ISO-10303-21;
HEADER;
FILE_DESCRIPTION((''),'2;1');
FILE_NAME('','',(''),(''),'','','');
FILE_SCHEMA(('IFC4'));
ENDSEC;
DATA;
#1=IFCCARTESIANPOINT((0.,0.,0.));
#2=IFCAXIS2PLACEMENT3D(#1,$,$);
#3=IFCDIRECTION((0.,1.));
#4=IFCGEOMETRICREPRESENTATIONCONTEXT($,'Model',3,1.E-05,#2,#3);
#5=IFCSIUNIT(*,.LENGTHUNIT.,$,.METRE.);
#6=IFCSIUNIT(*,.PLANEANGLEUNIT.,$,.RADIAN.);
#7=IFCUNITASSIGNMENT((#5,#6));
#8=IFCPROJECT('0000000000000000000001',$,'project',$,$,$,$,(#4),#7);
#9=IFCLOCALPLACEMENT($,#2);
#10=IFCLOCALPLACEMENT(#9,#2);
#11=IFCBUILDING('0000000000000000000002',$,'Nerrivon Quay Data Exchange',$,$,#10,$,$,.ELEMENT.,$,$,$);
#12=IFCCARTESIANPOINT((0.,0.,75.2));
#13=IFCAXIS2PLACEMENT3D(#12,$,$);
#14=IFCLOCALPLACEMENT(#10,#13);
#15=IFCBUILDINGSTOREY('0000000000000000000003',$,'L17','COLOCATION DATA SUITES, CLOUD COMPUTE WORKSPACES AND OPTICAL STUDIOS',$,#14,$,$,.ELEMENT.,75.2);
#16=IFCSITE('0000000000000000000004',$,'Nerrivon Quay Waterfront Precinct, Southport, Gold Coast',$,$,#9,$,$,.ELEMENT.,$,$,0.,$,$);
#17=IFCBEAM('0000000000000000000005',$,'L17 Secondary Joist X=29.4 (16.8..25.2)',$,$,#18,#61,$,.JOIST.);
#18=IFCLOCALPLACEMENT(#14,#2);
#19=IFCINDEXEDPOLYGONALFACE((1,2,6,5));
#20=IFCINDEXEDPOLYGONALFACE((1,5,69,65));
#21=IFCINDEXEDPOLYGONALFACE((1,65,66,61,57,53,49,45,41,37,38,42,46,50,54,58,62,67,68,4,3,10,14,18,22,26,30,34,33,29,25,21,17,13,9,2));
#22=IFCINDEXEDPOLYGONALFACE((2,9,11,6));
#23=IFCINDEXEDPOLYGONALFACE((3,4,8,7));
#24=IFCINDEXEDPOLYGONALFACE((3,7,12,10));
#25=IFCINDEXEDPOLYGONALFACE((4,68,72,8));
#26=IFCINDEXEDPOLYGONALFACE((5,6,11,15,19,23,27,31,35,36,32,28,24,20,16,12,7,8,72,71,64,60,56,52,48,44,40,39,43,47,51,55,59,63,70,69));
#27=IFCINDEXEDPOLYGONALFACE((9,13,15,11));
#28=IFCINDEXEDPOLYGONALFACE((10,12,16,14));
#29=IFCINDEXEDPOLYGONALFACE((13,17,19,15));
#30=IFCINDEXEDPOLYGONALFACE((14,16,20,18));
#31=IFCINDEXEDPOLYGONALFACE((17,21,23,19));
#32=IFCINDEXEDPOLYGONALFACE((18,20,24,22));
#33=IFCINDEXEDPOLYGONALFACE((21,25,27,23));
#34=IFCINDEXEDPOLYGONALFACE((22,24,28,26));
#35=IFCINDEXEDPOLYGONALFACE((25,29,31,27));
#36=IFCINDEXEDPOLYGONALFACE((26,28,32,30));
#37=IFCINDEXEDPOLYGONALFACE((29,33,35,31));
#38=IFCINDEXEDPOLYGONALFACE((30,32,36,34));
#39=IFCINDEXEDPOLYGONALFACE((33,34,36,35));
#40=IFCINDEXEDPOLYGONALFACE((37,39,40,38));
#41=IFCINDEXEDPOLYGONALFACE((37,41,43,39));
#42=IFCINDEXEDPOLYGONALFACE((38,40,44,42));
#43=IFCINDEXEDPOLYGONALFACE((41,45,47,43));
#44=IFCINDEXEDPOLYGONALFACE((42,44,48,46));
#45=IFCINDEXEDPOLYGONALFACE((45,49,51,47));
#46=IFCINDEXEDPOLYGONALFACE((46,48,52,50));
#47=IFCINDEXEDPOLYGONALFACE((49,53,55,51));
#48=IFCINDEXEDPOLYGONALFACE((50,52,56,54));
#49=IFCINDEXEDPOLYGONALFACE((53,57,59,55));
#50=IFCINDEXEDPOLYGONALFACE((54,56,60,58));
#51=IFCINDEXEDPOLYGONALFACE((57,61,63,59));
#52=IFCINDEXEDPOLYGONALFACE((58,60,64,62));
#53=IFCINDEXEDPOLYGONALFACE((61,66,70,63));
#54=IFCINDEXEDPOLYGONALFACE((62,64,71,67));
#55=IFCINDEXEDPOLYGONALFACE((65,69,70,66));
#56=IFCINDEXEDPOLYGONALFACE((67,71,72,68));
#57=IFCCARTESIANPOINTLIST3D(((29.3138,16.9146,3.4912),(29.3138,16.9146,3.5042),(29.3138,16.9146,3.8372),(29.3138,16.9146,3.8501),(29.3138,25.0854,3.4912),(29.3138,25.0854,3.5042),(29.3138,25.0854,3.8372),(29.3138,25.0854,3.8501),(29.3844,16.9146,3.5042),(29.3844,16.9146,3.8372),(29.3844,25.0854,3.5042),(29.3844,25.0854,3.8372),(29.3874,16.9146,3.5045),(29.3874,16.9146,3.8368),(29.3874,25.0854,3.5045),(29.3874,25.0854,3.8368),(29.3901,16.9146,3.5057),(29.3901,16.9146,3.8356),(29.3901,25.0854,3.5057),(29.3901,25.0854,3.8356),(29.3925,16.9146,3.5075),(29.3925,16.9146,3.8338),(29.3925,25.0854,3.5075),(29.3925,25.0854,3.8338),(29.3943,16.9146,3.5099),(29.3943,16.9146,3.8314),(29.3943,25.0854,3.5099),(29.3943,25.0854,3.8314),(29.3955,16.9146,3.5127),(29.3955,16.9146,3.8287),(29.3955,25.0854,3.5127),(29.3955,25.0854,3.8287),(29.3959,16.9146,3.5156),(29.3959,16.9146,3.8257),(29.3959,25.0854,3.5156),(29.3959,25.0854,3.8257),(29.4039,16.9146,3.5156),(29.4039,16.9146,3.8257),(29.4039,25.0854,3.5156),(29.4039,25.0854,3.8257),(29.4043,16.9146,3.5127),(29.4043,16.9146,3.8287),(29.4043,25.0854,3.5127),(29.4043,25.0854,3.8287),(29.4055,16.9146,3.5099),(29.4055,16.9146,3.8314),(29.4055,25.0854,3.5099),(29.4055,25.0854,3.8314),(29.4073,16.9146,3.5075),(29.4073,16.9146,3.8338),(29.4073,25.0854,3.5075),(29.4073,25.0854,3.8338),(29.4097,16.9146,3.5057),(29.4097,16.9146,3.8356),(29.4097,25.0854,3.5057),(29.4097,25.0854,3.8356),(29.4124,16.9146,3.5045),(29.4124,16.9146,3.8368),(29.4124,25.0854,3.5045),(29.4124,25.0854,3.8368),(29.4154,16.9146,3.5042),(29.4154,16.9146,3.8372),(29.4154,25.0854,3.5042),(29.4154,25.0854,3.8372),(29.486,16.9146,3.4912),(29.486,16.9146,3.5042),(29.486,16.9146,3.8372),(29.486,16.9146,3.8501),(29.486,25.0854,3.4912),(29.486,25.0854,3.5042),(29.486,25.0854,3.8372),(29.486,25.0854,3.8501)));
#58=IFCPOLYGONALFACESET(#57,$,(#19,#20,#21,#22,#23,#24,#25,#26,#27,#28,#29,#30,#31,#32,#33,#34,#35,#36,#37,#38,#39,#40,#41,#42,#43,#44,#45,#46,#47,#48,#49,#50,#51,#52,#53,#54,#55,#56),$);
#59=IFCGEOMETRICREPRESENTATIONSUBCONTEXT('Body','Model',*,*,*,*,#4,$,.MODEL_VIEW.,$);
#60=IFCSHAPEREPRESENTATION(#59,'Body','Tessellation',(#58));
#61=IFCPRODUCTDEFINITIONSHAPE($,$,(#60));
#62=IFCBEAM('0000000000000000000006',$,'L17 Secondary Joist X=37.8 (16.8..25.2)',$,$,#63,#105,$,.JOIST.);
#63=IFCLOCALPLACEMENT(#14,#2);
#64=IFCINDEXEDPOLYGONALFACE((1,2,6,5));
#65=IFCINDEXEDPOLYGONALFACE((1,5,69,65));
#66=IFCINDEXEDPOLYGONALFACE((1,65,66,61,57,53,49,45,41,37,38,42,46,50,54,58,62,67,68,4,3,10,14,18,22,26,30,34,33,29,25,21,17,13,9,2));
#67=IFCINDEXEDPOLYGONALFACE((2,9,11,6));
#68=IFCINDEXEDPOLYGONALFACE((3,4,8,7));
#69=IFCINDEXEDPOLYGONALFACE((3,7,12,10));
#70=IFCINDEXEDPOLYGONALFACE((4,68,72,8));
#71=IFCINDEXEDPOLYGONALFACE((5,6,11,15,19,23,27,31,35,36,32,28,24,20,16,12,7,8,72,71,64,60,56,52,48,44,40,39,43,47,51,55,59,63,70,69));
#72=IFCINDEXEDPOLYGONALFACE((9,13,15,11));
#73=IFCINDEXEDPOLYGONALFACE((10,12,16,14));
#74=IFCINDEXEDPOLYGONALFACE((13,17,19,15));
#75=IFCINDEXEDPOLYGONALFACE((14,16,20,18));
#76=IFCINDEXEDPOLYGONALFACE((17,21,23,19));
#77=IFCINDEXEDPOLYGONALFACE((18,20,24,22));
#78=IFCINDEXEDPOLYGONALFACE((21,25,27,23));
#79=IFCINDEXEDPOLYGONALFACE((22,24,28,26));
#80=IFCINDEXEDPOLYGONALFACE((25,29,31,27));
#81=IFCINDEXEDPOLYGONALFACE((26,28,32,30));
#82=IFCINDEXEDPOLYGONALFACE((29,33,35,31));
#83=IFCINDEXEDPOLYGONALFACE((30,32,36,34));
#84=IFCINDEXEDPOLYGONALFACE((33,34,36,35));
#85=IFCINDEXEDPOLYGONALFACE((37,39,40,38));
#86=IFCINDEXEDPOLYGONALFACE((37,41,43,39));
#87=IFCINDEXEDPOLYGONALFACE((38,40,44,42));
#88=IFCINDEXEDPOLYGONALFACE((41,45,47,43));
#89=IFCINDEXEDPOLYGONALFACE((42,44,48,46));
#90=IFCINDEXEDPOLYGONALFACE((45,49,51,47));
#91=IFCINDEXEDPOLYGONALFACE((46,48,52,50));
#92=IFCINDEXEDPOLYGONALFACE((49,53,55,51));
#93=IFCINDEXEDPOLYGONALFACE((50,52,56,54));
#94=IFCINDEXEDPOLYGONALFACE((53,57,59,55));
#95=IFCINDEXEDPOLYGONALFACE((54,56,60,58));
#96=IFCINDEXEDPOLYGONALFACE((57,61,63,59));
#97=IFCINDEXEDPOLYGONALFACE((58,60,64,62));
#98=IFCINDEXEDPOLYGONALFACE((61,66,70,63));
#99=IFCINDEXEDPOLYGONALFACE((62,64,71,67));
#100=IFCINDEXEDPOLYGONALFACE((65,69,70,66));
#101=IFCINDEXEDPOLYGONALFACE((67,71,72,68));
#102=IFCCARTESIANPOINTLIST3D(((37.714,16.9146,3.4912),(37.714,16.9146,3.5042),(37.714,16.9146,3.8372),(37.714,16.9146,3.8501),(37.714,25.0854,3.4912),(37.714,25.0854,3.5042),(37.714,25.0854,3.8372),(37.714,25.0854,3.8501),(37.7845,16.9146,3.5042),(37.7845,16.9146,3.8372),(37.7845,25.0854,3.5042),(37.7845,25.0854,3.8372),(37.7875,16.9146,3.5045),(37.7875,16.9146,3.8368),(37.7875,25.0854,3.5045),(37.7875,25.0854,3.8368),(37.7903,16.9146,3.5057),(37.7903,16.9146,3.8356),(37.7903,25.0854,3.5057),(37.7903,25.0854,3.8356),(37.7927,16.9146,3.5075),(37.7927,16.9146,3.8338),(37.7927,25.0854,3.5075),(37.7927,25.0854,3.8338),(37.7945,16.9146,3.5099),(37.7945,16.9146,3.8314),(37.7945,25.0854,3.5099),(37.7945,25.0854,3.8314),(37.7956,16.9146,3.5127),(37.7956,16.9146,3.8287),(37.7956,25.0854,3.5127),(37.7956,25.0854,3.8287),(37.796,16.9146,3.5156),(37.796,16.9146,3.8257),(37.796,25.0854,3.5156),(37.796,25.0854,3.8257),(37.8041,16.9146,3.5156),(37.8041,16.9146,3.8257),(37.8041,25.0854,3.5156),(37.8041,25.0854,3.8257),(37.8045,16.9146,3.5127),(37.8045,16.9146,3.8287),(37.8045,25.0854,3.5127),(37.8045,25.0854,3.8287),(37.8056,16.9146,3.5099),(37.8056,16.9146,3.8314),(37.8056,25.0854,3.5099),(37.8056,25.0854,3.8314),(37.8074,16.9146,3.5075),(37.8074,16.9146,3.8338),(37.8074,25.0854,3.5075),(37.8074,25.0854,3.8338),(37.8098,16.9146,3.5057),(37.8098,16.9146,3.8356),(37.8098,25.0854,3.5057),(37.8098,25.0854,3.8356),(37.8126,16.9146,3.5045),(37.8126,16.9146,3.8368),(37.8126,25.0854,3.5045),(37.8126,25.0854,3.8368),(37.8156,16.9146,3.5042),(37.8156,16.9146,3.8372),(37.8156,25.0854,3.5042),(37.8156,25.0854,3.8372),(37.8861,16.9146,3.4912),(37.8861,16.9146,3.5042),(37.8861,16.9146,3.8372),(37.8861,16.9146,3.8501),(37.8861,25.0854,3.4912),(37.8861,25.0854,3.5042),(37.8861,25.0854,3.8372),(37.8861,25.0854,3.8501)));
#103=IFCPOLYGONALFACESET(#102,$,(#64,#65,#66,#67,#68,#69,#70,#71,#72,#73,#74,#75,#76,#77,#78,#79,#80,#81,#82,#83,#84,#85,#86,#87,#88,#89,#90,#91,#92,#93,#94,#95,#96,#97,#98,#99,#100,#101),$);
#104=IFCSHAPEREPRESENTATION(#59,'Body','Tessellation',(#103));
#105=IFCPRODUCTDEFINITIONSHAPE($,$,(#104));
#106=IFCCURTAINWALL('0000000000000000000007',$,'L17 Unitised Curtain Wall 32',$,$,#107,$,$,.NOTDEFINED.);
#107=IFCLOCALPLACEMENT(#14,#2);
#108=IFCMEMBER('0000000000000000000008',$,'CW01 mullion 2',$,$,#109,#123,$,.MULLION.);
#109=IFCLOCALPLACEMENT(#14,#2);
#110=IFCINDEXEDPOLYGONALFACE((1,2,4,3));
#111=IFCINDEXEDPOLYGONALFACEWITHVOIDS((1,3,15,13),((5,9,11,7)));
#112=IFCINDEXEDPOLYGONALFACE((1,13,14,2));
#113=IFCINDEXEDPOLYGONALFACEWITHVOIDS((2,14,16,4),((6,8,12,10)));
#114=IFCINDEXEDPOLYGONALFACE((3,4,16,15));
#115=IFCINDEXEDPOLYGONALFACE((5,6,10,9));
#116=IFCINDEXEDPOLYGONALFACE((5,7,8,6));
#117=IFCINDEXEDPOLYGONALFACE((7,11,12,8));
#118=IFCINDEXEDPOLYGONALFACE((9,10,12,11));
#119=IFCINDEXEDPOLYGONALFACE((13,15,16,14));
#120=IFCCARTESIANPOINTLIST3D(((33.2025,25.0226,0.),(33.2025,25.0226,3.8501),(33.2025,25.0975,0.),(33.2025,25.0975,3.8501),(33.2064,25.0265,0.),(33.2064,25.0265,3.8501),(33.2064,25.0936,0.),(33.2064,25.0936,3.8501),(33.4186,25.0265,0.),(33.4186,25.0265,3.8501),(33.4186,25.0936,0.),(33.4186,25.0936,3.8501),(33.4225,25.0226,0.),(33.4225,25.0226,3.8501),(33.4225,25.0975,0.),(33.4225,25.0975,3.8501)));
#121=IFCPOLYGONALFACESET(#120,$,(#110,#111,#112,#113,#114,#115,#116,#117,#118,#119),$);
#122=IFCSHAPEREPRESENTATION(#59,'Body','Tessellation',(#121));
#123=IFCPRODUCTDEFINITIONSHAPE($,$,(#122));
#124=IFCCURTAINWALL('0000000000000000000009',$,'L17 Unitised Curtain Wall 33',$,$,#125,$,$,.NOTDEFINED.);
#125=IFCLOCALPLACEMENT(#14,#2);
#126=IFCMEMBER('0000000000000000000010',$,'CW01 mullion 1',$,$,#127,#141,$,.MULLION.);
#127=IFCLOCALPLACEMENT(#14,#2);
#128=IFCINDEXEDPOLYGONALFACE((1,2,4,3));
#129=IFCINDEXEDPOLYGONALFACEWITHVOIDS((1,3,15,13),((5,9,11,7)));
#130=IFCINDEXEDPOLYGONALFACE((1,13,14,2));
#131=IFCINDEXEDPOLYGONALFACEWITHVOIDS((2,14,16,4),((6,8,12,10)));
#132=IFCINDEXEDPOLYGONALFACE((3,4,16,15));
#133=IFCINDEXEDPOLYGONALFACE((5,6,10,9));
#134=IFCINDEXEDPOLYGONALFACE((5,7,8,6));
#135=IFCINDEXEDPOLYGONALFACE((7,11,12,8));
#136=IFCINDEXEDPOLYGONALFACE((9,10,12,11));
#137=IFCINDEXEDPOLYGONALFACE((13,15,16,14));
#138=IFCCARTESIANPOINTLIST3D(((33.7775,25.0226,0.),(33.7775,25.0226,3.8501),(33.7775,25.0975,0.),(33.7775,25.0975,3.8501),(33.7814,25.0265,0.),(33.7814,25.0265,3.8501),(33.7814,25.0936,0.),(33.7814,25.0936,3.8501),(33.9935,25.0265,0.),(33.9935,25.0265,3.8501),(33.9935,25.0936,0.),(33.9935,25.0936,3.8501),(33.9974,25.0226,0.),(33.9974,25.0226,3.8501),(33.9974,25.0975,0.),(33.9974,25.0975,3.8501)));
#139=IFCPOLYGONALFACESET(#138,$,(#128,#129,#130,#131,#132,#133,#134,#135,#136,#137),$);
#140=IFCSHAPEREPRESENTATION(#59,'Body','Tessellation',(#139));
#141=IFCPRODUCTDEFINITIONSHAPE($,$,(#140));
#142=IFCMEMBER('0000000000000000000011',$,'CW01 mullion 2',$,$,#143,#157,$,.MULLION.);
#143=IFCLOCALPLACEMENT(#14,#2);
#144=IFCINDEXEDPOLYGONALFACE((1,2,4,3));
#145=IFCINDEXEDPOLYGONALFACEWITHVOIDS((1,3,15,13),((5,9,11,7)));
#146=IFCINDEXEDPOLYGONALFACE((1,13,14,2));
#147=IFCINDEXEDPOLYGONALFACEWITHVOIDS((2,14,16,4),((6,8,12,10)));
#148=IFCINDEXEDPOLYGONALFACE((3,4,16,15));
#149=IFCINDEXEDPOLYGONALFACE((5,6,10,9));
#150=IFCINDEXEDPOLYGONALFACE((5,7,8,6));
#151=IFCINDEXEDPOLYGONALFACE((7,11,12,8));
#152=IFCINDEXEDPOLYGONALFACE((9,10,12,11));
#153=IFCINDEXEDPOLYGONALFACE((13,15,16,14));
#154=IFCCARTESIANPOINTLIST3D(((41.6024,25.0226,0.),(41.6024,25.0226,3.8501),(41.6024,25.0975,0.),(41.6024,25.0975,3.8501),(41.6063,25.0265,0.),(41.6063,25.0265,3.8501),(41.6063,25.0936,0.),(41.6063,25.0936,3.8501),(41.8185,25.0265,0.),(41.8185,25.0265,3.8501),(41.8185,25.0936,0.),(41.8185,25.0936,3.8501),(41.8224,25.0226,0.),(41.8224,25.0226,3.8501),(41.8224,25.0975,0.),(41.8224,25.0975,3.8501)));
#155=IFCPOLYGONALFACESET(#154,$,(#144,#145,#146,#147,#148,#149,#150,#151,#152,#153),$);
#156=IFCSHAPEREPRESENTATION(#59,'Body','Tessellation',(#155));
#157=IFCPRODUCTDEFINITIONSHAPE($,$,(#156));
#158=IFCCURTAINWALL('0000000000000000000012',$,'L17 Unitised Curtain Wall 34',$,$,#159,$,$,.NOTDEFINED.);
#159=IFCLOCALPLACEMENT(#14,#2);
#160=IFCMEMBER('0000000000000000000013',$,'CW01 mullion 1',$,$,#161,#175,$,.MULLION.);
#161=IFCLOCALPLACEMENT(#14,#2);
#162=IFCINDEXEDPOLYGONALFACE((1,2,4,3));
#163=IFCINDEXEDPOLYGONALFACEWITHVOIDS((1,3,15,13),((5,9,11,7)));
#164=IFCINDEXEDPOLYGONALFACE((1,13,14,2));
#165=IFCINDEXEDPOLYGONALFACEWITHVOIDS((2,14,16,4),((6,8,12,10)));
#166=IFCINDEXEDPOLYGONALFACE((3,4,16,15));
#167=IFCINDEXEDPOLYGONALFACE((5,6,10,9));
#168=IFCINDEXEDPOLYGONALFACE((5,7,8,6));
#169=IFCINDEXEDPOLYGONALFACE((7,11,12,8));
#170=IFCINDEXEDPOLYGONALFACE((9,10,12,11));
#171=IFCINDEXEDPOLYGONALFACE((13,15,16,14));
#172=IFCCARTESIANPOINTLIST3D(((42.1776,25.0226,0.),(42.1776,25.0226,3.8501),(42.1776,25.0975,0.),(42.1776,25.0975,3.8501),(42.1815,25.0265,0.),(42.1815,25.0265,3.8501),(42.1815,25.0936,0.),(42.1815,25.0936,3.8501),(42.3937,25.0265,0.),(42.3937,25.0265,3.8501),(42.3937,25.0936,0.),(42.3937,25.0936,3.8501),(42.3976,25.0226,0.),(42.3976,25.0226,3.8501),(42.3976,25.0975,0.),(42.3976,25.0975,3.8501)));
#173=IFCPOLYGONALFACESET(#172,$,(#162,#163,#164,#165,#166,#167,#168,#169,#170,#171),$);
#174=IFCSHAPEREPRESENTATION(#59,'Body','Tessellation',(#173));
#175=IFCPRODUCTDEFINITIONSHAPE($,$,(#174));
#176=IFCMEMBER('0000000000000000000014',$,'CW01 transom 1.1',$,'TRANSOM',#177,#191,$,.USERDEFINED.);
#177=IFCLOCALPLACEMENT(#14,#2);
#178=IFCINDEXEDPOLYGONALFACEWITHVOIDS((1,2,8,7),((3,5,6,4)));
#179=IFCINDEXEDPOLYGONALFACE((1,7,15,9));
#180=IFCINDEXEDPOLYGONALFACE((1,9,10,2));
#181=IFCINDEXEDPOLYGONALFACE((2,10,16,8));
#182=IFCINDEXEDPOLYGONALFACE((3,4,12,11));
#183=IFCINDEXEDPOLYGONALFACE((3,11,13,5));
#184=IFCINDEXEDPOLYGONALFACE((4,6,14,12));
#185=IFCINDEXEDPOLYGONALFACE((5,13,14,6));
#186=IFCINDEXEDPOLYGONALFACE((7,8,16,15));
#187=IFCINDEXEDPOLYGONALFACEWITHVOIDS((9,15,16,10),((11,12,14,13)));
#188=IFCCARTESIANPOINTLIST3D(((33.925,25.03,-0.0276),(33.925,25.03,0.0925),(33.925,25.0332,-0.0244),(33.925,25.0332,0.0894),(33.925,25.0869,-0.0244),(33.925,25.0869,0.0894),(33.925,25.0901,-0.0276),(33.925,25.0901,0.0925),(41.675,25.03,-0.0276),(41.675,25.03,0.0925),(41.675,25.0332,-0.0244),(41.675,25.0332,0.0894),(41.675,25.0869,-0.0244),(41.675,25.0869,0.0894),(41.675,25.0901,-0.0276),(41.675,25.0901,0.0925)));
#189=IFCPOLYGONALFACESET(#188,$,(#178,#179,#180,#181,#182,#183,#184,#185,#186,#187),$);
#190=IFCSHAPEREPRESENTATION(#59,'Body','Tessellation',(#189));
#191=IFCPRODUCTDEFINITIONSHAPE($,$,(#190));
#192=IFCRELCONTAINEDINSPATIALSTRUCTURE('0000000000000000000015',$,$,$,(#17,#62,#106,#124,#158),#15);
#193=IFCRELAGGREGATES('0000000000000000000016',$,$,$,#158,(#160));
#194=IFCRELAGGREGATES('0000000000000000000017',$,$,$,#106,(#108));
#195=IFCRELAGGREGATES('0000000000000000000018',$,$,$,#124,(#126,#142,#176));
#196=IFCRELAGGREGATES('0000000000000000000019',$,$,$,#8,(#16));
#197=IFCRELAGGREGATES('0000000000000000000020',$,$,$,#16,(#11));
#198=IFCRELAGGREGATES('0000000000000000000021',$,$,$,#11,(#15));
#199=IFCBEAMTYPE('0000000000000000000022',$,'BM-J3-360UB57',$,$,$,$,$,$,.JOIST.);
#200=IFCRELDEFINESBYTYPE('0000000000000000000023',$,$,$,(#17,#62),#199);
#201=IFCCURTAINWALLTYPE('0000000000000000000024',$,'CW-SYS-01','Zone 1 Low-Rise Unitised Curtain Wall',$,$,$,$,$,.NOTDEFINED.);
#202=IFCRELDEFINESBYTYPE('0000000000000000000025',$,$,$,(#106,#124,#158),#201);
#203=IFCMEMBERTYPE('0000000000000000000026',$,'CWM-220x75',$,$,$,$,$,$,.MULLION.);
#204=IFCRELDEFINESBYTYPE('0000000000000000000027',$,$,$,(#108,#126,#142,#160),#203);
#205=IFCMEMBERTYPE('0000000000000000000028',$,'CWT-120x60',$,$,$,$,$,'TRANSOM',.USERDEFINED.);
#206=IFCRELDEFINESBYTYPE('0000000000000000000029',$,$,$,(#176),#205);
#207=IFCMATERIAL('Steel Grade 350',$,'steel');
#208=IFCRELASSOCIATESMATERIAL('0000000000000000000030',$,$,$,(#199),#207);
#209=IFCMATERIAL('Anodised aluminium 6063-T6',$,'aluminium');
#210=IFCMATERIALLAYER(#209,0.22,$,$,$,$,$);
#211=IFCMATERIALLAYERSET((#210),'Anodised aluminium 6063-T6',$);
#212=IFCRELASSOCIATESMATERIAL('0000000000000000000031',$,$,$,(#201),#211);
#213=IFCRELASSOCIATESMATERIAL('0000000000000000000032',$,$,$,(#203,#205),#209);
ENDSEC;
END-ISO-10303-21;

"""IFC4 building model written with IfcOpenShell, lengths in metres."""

from ifc_helpers import new_model, si_unit, direction, frame, origin, origin_2d, place, context, subcontext, project, spatial, hollow_rectangle, i_section, extrude, material, layer, layer_set, material_profile, profile_set, type_object, element, aggregate, save


model = new_model("IFC4")

# Units and contexts
model_context = context("Model", 3, precision=1e-05, world=origin(), true_north=direction((0.0, 1.0)))
body_context = subcontext(model_context, "Body", "Model", "MODEL_VIEW")
ifc_project = project(units=[si_unit("LENGTHUNIT", "METRE"), si_unit("PLANEANGLEUNIT", "RADIAN")], contexts=[model_context])

# Site, building, storey
site_placement = place(None, origin())
site = spatial("IfcSite", under=ifc_project, at=site_placement, Name="Nerrivon Quay Waterfront Precinct, Southport, Gold Coast", CompositionType="ELEMENT", RefElevation=0.0)
building_placement = place(site_placement, origin())
building = spatial("IfcBuilding", under=site, at=building_placement, Name="Nerrivon Quay Data Exchange", CompositionType="ELEMENT")
storey_placement = place(building_placement, frame((0.0, 0.0, 75.2)))
storey = spatial("IfcBuildingStorey", under=building, at=storey_placement, Name="L17", Description="COLOCATION DATA SUITES, CLOUD COMPUTE WORKSPACES AND OPTICAL STUDIOS", CompositionType="ELEMENT", Elevation=75.2)

# Shared definitions
ifc_material_1 = material(Name="Steel Grade 350", Category="steel")

# Beams
ifc_material_profile_1 = material_profile(ifc_material_1, i_section(OverallWidth=0.1721, OverallDepth=0.3589, WebThickness=0.0081, FlangeThickness=0.0129, FilletRadius=0.0115, at=origin_2d()), Name="360UB56.7")
ifc_profile_set_1 = profile_set([ifc_material_profile_1], Name="Steel Grade 350")
beam_type_1 = type_object("IfcBeamType", Name="BM-J3-360UB57", PredefinedType="JOIST", material=ifc_profile_set_1)
for number, where, z_axis, x_axis, name in (
    (1, (29.3999, 16.9146, 3.6707), (0.0, 1.0, 0.0), (-1.0, 0.0, 0.0), "L17 Secondary Joist X=29.4 (16.8..25.2)"),
    (2, (37.8, 16.9146, 3.6707), (0.0, 1.0, 0.0), (-1.0, 0.0, 0.0), "L17 Secondary Joist X=37.8 (16.8..25.2)"),
):
    element("IfcBeam", number, at=place(storey_placement, frame(where, z_axis=z_axis, x_axis=x_axis)), inside=storey, type_object=beam_type_1, Name=name, PredefinedType="JOIST", context=body_context, shape_type="SweptSolid", body=[
        extrude(i_section(OverallWidth=0.1721, OverallDepth=0.3589, WebThickness=0.0081, FlangeThickness=0.0129, FilletRadius=0.0115, at=origin_2d()), origin(), (0.0, 0.0, 1.0), 8.1709),
    ])

# Curtain wall, member
ifc_material_2 = material(Name="Anodised aluminium 6063-T6", Category="aluminium")
ifc_layer_1 = layer(ifc_material_2, 0.22)
ifc_layer_set_1 = layer_set([ifc_layer_1], Name="Anodised aluminium 6063-T6")
curtain_wall_type = type_object("IfcCurtainWallType", Name="CW-SYS-01", Description="Zone 1 Low-Rise Unitised Curtain Wall", PredefinedType="NOTDEFINED", material=ifc_layer_set_1)
curtain_wall_1_placement = place(storey_placement, origin())
curtain_wall_1 = element("IfcCurtainWall", 3, at=curtain_wall_1_placement, inside=storey, type_object=curtain_wall_type, Name="L17 Unitised Curtain Wall 32", PredefinedType="NOTDEFINED")
ifc_material_profile_2 = material_profile(ifc_material_2, hollow_rectangle(XDim=0.075, YDim=0.22, WallThickness=0.0039, at=origin_2d()), Name="ALU-MULL-220x75")
ifc_profile_set_2 = profile_set([ifc_material_profile_2], Name="Anodised aluminium 6063-T6")
member_type_1 = type_object("IfcMemberType", Name="CWM-220x75", PredefinedType="MULLION", material=ifc_profile_set_2)
member_1_placement = place(storey_placement, frame((33.3125, 25.0601, 0.0), z_axis=(0.0, 0.0, 1.0), x_axis=(0.0, 1.0, 0.0)))
member_1 = element("IfcMember", 4, at=member_1_placement, type_object=member_type_1, Name="CW01 mullion 2", PredefinedType="MULLION", context=body_context, shape_type="SweptSolid", body=[
    extrude(hollow_rectangle(XDim=0.075, YDim=0.22, WallThickness=0.0039, at=origin_2d()), origin(), (0.0, 0.0, 1.0), 3.8501),
])

# Curtain wall, members
curtain_wall_2_placement = place(storey_placement, origin())
curtain_wall_2 = element("IfcCurtainWall", 5, at=curtain_wall_2_placement, inside=storey, type_object=curtain_wall_type, Name="L17 Unitised Curtain Wall 33", PredefinedType="NOTDEFINED")
member_2_placement = place(storey_placement, frame((33.8875, 25.0601, 0.0), z_axis=(0.0, 0.0, 1.0), x_axis=(0.0, 1.0, 0.0)))
member_2 = element("IfcMember", 6, at=member_2_placement, type_object=member_type_1, Name="CW01 mullion 1", PredefinedType="MULLION", context=body_context, shape_type="SweptSolid", body=[
    extrude(hollow_rectangle(XDim=0.075, YDim=0.22, WallThickness=0.0039, at=origin_2d()), origin(), (0.0, 0.0, 1.0), 3.8501),
])
member_3_placement = place(storey_placement, frame((41.7124, 25.0601, 0.0), z_axis=(0.0, 0.0, 1.0), x_axis=(0.0, 1.0, 0.0)))
member_3 = element("IfcMember", 7, at=member_3_placement, type_object=member_type_1, Name="CW01 mullion 2", PredefinedType="MULLION", context=body_context, shape_type="SweptSolid", body=[
    extrude(hollow_rectangle(XDim=0.075, YDim=0.22, WallThickness=0.0039, at=origin_2d()), origin(), (0.0, 0.0, 1.0), 3.8501),
])

# Curtain wall, member
curtain_wall_3_placement = place(storey_placement, origin())
curtain_wall_3 = element("IfcCurtainWall", 8, at=curtain_wall_3_placement, inside=storey, type_object=curtain_wall_type, Name="L17 Unitised Curtain Wall 34", PredefinedType="NOTDEFINED")
member_4_placement = place(storey_placement, frame((42.2876, 25.0601, 0.0), z_axis=(0.0, 0.0, 1.0), x_axis=(0.0, 1.0, 0.0)))
member_4 = element("IfcMember", 9, at=member_4_placement, type_object=member_type_1, Name="CW01 mullion 1", PredefinedType="MULLION", context=body_context, shape_type="SweptSolid", body=[
    extrude(hollow_rectangle(XDim=0.075, YDim=0.22, WallThickness=0.0039, at=origin_2d()), origin(), (0.0, 0.0, 1.0), 3.8501),
])

# Member
ifc_material_profile_3 = material_profile(ifc_material_2, hollow_rectangle(XDim=0.0601, YDim=0.1201, WallThickness=0.0032, at=origin_2d()), Name="ALU-TRAN-120x60")
ifc_profile_set_3 = profile_set([ifc_material_profile_3], Name="Anodised aluminium 6063-T6")
member_type_2 = type_object("IfcMemberType", Name="CWT-120x60", ElementType="TRANSOM", PredefinedType="USERDEFINED", material=ifc_profile_set_3)
member_5_placement = place(storey_placement, frame((33.925, 25.0601, 0.0325), z_axis=(1.0, 0.0, 0.0), x_axis=(0.0, 1.0, 0.0)))
member_5 = element("IfcMember", 10, at=member_5_placement, type_object=member_type_2, Name="CW01 transom 1.1", ObjectType="TRANSOM", PredefinedType="USERDEFINED", context=body_context, shape_type="SweptSolid", body=[
    extrude(hollow_rectangle(XDim=0.0601, YDim=0.1201, WallThickness=0.0032, at=origin_2d()), origin(), (0.0, 0.0, 1.0), 7.75),
])
aggregate(curtain_wall_3, [member_4])

aggregate(curtain_wall_1, [member_1])
aggregate(curtain_wall_2, [member_2, member_3, member_5])

save(model, "model.ifc")
